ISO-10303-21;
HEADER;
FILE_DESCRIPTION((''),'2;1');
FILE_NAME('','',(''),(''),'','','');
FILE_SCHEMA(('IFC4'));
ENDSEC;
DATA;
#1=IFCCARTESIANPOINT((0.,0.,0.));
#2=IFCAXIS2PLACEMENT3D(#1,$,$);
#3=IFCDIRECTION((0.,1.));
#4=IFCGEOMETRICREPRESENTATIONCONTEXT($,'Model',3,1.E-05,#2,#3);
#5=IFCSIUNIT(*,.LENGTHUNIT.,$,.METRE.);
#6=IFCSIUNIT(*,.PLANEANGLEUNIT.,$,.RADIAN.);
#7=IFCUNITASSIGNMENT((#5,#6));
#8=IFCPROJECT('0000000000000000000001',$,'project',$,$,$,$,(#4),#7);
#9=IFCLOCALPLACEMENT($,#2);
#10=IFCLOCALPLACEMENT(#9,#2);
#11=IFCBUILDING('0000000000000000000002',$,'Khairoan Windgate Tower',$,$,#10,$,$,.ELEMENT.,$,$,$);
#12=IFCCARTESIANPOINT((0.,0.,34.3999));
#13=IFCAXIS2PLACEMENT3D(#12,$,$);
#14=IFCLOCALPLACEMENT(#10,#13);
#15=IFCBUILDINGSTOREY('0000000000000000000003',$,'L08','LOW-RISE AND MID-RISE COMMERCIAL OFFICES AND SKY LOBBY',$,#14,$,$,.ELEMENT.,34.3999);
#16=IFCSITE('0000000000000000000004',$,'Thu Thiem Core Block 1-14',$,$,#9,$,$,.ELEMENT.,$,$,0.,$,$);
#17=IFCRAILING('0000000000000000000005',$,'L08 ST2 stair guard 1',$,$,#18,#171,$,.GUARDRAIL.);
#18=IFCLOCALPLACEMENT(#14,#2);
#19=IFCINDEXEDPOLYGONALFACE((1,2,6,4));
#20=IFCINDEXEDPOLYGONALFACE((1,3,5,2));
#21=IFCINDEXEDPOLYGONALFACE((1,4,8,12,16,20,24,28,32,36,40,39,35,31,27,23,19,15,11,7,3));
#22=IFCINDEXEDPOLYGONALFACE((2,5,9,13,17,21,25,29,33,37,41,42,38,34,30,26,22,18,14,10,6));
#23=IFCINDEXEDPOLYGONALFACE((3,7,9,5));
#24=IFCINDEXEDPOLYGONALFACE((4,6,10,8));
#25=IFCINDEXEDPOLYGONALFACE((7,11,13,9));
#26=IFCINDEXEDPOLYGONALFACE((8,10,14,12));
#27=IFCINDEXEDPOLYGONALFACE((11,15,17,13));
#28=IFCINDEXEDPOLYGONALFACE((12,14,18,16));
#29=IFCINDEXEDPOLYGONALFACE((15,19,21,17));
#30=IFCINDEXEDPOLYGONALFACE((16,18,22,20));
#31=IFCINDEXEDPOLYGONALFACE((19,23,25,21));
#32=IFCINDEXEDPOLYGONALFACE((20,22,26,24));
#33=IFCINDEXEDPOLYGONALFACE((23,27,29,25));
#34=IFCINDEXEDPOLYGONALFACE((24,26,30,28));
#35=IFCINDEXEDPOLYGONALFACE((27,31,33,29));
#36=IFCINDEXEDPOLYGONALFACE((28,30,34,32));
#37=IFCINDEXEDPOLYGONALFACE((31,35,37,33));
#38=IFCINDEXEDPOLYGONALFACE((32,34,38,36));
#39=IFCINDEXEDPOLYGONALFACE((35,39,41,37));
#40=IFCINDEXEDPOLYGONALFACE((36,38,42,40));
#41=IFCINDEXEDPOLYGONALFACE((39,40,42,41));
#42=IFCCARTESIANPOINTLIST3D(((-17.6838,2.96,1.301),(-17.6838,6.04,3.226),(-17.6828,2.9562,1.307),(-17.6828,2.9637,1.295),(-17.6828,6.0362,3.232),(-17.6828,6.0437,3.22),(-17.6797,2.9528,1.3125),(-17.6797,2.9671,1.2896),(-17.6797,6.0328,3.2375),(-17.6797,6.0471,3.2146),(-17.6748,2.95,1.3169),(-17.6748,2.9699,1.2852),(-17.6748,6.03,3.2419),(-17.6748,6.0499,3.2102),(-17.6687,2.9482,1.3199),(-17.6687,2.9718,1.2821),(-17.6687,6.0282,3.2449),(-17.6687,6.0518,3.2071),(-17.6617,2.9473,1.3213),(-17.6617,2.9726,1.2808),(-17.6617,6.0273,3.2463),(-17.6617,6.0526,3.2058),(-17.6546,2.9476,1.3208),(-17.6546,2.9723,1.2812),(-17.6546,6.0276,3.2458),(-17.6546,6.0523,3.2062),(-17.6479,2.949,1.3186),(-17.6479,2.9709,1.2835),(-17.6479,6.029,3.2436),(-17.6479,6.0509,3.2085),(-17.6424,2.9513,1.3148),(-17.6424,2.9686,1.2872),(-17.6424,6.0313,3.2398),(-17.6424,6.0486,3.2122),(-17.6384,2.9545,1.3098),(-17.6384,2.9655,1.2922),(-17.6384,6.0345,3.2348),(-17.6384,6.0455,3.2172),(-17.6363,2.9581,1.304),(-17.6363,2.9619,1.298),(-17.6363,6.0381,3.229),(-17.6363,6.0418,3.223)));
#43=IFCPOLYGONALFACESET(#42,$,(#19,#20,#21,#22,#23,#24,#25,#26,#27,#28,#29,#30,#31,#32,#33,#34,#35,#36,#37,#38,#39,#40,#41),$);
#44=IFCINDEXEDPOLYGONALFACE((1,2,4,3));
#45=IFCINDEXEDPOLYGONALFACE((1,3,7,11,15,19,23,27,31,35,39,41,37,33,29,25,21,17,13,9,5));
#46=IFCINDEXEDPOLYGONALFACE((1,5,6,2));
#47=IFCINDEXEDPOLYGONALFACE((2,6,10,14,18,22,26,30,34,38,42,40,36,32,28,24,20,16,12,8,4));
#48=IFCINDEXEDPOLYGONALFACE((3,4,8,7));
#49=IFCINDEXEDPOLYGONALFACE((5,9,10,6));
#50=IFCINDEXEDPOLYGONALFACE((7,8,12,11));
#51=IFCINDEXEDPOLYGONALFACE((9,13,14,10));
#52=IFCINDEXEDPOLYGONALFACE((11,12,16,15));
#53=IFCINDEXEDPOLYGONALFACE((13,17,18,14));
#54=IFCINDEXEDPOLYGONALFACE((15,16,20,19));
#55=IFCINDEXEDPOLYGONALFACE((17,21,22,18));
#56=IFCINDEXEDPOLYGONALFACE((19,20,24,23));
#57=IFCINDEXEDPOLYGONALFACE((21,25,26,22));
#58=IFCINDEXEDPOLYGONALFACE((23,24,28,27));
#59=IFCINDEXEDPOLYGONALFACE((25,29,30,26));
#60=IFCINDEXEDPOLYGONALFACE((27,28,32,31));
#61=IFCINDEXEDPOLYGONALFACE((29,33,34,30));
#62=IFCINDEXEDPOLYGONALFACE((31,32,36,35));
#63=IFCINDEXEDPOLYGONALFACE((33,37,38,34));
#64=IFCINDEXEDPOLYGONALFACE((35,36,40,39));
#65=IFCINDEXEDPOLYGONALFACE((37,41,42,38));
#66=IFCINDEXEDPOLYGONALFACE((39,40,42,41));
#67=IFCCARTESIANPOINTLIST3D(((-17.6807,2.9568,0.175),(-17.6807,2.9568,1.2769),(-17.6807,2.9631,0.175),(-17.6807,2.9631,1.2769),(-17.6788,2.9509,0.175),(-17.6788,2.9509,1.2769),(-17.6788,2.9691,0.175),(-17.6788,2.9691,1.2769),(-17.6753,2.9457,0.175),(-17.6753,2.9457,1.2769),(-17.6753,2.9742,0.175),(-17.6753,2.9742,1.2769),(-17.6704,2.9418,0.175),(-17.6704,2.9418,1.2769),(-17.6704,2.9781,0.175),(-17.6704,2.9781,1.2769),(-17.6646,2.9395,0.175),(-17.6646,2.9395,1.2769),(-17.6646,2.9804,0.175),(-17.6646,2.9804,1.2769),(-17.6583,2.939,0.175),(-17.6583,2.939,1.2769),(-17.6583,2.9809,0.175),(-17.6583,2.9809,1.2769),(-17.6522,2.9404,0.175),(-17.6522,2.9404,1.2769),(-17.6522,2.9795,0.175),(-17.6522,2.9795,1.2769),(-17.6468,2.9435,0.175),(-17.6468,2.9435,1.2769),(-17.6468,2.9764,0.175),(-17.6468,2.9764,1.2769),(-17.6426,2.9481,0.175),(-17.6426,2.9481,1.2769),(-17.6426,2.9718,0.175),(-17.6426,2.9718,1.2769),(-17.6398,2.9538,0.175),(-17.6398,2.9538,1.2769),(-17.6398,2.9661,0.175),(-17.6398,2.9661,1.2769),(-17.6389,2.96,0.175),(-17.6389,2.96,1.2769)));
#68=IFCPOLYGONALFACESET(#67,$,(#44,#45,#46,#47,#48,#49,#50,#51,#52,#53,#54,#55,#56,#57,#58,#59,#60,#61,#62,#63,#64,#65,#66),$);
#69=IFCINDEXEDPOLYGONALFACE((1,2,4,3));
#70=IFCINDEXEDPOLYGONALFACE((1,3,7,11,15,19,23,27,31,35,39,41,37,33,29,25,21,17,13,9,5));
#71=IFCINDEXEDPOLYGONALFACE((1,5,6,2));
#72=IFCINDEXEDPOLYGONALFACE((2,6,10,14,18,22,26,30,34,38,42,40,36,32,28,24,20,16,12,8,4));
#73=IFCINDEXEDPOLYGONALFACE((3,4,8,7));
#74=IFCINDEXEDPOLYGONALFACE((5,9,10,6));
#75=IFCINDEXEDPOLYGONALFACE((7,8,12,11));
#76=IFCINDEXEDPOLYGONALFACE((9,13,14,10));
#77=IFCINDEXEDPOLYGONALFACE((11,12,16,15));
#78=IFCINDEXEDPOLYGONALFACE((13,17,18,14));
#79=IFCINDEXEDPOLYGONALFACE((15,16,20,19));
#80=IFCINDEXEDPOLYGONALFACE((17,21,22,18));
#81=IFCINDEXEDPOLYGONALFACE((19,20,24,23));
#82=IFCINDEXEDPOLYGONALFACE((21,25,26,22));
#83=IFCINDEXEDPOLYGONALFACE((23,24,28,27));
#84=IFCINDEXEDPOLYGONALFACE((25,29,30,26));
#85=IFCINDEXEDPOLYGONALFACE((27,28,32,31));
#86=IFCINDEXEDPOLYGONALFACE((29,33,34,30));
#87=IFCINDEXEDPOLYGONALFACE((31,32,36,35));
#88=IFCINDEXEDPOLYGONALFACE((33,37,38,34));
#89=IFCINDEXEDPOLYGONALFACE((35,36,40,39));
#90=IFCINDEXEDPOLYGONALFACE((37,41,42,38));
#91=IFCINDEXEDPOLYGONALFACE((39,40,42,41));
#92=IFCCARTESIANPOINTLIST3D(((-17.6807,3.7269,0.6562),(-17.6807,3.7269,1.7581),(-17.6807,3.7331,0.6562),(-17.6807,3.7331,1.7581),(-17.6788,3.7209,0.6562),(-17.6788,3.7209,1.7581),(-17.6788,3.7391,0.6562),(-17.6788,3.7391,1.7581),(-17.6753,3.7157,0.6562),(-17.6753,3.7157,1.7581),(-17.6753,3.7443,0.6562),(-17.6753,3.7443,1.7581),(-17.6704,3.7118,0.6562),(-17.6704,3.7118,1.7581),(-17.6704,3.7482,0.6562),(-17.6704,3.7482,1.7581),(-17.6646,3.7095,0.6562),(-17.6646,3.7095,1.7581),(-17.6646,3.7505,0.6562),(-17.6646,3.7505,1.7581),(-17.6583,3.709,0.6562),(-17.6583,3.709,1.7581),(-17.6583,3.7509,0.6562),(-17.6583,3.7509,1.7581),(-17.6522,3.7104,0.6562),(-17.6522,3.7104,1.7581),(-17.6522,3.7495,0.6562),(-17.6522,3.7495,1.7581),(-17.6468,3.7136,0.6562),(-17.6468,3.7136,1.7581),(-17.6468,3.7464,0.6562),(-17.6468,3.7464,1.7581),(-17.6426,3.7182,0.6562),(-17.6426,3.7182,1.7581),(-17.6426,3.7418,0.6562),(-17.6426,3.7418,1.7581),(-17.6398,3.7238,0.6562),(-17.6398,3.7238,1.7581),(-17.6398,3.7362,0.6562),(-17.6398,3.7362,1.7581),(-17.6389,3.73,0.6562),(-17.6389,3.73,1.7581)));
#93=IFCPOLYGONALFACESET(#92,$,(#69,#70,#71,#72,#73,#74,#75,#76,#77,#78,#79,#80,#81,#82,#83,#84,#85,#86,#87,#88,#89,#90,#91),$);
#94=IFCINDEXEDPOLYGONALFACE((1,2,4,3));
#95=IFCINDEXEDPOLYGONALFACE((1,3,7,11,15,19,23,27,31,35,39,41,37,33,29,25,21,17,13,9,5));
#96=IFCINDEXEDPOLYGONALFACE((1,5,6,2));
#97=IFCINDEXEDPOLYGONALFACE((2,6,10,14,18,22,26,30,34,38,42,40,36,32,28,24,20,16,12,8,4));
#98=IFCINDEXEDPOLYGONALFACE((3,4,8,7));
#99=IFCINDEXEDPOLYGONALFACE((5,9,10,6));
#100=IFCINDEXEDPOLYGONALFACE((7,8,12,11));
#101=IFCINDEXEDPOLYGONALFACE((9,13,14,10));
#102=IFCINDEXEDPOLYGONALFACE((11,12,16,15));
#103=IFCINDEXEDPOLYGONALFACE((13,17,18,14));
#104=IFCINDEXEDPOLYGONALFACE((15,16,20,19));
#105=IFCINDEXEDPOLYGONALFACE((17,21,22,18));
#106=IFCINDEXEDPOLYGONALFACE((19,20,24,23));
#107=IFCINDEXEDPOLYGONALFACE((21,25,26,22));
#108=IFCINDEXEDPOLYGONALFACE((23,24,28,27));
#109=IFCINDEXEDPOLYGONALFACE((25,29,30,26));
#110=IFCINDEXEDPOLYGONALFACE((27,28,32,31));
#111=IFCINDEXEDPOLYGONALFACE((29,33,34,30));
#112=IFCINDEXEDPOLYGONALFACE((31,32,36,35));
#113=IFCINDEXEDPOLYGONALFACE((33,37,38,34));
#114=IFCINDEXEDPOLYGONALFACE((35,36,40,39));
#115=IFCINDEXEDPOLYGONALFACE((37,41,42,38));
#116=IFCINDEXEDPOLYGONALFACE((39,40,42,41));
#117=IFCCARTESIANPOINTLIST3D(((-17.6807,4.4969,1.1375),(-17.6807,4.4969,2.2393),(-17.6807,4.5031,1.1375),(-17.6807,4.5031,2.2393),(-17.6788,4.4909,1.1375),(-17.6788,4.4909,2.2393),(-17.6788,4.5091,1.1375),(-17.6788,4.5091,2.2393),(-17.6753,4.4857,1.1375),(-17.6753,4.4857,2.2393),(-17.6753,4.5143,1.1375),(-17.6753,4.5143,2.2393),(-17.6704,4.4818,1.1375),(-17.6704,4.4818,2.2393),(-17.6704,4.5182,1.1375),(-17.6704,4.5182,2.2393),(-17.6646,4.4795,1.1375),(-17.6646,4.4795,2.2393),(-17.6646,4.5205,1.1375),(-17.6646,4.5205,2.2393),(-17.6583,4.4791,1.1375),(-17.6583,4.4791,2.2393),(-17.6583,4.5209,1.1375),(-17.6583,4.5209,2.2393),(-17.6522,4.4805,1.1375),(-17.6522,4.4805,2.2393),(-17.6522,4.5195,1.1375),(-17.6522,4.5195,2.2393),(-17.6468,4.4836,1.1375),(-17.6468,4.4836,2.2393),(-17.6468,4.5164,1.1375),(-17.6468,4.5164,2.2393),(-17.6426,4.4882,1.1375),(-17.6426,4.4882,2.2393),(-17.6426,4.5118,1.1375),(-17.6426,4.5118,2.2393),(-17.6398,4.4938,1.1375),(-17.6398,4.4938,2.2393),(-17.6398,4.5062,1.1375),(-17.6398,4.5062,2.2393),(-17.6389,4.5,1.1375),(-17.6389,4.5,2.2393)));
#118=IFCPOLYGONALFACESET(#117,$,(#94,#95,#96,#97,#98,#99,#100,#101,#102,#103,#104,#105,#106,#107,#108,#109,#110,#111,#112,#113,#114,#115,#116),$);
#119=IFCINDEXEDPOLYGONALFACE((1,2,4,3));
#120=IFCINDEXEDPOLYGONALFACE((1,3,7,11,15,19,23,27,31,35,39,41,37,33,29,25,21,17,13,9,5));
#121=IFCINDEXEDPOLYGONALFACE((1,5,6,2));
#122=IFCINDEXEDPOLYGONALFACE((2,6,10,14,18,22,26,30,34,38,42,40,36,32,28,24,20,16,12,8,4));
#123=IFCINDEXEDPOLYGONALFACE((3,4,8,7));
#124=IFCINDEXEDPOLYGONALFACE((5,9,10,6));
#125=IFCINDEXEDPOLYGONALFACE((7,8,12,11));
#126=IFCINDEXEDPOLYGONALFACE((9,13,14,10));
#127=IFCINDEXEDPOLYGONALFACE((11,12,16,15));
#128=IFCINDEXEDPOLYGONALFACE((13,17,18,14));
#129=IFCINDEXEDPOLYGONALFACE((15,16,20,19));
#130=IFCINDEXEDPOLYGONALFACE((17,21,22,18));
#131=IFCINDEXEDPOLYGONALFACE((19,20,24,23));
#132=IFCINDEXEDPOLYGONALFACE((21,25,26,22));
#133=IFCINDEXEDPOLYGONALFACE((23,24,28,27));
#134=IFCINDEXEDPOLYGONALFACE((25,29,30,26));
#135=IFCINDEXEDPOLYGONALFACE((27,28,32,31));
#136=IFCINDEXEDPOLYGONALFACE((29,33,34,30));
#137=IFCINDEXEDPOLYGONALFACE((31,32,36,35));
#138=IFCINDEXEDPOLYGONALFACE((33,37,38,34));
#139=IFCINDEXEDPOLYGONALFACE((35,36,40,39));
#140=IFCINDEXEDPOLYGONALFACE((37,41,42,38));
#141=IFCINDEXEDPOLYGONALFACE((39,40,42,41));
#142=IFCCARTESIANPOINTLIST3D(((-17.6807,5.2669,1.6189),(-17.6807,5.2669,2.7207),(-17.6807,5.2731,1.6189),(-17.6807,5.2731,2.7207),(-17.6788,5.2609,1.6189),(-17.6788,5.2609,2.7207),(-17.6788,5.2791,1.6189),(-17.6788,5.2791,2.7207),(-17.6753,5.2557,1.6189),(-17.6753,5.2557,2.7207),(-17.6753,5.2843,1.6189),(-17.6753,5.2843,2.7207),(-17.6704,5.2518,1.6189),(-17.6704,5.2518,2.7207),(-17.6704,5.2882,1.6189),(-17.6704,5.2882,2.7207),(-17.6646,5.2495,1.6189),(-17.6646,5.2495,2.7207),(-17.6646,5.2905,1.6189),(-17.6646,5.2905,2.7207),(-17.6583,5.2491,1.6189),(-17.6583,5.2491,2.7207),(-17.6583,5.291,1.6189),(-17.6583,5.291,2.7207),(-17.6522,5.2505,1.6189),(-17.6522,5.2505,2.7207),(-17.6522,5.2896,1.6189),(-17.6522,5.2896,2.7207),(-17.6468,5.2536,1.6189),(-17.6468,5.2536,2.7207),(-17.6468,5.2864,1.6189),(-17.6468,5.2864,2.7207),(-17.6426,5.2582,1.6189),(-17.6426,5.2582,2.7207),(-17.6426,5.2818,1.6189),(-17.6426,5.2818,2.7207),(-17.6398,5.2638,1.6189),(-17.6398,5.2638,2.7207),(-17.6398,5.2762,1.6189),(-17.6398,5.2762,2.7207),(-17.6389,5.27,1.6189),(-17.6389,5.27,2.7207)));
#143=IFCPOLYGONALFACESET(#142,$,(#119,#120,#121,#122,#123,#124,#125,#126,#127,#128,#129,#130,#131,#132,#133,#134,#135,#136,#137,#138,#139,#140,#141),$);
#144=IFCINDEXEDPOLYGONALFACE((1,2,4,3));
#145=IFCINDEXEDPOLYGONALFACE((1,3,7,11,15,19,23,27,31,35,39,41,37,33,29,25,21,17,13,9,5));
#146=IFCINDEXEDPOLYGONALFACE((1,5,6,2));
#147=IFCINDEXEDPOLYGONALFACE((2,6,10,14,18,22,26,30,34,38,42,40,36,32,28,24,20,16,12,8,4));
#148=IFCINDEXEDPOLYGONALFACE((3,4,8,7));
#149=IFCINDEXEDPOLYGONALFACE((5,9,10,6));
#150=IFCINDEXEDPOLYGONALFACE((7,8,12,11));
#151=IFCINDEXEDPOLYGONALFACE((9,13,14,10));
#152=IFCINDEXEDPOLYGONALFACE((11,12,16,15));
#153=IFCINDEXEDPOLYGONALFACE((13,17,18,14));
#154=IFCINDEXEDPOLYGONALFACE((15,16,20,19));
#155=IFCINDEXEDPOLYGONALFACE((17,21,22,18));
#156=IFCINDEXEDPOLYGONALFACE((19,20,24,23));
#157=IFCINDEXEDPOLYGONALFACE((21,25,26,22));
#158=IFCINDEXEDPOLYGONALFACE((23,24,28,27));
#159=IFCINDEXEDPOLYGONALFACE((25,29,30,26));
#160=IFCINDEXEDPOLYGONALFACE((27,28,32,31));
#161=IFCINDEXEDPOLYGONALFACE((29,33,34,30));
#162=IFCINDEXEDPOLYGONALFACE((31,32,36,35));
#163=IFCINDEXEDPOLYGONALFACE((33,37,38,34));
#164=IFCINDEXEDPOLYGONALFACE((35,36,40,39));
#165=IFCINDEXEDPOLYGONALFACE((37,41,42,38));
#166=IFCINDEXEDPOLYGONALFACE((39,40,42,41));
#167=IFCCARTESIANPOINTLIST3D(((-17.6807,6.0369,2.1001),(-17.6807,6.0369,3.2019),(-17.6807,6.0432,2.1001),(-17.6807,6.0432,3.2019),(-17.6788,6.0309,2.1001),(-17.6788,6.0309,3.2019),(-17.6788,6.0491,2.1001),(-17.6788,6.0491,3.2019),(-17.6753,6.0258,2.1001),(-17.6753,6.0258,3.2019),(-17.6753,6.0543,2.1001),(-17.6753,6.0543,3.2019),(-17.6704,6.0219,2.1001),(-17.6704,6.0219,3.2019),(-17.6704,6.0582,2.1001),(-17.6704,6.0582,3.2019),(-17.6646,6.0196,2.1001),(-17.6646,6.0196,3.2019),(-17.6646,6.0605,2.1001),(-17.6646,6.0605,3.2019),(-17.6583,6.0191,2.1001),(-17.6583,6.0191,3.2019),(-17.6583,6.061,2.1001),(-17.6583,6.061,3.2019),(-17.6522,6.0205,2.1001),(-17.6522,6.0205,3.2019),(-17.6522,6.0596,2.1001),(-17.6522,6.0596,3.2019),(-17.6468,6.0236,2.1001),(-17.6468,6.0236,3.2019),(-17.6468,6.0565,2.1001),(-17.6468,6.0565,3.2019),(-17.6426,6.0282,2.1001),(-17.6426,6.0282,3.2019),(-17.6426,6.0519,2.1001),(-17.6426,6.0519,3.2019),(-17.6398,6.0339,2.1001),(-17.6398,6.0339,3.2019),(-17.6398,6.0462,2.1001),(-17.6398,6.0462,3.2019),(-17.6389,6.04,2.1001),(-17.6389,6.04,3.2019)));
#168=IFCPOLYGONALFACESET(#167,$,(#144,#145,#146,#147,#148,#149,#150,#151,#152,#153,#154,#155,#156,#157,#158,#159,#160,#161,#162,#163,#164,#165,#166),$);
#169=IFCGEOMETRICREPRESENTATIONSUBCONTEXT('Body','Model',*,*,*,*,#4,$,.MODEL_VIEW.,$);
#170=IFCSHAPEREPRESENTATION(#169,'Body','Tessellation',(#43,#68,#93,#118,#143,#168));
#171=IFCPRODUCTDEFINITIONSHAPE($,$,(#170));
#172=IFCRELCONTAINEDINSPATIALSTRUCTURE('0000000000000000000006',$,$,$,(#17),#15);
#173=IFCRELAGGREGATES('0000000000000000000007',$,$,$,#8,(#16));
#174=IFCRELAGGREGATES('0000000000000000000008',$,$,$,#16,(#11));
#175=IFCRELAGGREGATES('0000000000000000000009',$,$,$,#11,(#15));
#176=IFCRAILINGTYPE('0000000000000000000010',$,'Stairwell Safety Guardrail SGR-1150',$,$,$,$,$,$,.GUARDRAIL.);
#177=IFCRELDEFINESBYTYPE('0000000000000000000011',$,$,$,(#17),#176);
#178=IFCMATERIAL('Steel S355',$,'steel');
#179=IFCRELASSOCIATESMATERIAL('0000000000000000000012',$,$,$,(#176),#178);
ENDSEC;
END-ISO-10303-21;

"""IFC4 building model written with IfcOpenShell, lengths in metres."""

from ifc_helpers import new_model, si_unit, direction, frame, origin, origin_2d, place, context, subcontext, project, spatial, circle, extrude, material, type_object, element, save


model = new_model("IFC4")

# Units and contexts
model_context = context("Model", 3, precision=1e-05, world=origin(), true_north=direction((0.0, 1.0)))
body_context = subcontext(model_context, "Body", "Model", "MODEL_VIEW")
ifc_project = project(units=[si_unit("LENGTHUNIT", "METRE"), si_unit("PLANEANGLEUNIT", "RADIAN")], contexts=[model_context])

# Site, building, storey
site_placement = place(None, origin())
site = spatial("IfcSite", under=ifc_project, at=site_placement, Name="Thu Thiem Core Block 1-14", CompositionType="ELEMENT", RefElevation=0.0)
building_placement = place(site_placement, origin())
building = spatial("IfcBuilding", under=site, at=building_placement, Name="Khairoan Windgate Tower", CompositionType="ELEMENT")
storey_placement = place(building_placement, frame((0.0, 0.0, 34.3999)))
storey = spatial("IfcBuildingStorey", under=building, at=storey_placement, Name="L08", Description="LOW-RISE AND MID-RISE COMMERCIAL OFFICES AND SKY LOBBY", CompositionType="ELEMENT", Elevation=34.3999)

# Railing
ifc_material_1 = material(Name="Steel S355", Category="steel")
railing_type_1 = type_object("IfcRailingType", Name="Stairwell Safety Guardrail SGR-1150", PredefinedType="GUARDRAIL", material=ifc_material_1)
railing_1_placement = place(storey_placement, frame((-17.6599, 2.96, 0.175)))
element("IfcRailing", 1, at=railing_1_placement, inside=storey, type_object=railing_type_1, Name="L08 ST2 stair guard 1", PredefinedType="GUARDRAIL", context=body_context, shape_type="SweptSolid", body=[
    extrude(circle(Radius=0.0239, at=origin_2d()), frame((0.0, 0.0, 1.126), z_axis=(0.0, 0.847998, 0.529999), x_axis=(-1.0, 0.0, 0.0)), (0.0, 0.0, 1.0), 3.6321),
    extrude(circle(Radius=0.021, at=origin_2d()), origin(), (0.0, 0.0, 1.0), 1.1018),
    extrude(circle(Radius=0.021, at=origin_2d()), frame((0.0, 0.77, 0.4812)), (0.0, 0.0, 1.0), 1.1018),
    extrude(circle(Radius=0.021, at=origin_2d()), frame((0.0, 1.54, 0.9624)), (0.0, 0.0, 1.0), 1.1018),
    extrude(circle(Radius=0.021, at=origin_2d()), frame((0.0, 2.3101, 1.4438)), (0.0, 0.0, 1.0), 1.1018),
    extrude(circle(Radius=0.021, at=origin_2d()), frame((0.0, 3.0801, 1.925)), (0.0, 0.0, 1.0), 1.1018),
])

save(model, "model.ifc")
